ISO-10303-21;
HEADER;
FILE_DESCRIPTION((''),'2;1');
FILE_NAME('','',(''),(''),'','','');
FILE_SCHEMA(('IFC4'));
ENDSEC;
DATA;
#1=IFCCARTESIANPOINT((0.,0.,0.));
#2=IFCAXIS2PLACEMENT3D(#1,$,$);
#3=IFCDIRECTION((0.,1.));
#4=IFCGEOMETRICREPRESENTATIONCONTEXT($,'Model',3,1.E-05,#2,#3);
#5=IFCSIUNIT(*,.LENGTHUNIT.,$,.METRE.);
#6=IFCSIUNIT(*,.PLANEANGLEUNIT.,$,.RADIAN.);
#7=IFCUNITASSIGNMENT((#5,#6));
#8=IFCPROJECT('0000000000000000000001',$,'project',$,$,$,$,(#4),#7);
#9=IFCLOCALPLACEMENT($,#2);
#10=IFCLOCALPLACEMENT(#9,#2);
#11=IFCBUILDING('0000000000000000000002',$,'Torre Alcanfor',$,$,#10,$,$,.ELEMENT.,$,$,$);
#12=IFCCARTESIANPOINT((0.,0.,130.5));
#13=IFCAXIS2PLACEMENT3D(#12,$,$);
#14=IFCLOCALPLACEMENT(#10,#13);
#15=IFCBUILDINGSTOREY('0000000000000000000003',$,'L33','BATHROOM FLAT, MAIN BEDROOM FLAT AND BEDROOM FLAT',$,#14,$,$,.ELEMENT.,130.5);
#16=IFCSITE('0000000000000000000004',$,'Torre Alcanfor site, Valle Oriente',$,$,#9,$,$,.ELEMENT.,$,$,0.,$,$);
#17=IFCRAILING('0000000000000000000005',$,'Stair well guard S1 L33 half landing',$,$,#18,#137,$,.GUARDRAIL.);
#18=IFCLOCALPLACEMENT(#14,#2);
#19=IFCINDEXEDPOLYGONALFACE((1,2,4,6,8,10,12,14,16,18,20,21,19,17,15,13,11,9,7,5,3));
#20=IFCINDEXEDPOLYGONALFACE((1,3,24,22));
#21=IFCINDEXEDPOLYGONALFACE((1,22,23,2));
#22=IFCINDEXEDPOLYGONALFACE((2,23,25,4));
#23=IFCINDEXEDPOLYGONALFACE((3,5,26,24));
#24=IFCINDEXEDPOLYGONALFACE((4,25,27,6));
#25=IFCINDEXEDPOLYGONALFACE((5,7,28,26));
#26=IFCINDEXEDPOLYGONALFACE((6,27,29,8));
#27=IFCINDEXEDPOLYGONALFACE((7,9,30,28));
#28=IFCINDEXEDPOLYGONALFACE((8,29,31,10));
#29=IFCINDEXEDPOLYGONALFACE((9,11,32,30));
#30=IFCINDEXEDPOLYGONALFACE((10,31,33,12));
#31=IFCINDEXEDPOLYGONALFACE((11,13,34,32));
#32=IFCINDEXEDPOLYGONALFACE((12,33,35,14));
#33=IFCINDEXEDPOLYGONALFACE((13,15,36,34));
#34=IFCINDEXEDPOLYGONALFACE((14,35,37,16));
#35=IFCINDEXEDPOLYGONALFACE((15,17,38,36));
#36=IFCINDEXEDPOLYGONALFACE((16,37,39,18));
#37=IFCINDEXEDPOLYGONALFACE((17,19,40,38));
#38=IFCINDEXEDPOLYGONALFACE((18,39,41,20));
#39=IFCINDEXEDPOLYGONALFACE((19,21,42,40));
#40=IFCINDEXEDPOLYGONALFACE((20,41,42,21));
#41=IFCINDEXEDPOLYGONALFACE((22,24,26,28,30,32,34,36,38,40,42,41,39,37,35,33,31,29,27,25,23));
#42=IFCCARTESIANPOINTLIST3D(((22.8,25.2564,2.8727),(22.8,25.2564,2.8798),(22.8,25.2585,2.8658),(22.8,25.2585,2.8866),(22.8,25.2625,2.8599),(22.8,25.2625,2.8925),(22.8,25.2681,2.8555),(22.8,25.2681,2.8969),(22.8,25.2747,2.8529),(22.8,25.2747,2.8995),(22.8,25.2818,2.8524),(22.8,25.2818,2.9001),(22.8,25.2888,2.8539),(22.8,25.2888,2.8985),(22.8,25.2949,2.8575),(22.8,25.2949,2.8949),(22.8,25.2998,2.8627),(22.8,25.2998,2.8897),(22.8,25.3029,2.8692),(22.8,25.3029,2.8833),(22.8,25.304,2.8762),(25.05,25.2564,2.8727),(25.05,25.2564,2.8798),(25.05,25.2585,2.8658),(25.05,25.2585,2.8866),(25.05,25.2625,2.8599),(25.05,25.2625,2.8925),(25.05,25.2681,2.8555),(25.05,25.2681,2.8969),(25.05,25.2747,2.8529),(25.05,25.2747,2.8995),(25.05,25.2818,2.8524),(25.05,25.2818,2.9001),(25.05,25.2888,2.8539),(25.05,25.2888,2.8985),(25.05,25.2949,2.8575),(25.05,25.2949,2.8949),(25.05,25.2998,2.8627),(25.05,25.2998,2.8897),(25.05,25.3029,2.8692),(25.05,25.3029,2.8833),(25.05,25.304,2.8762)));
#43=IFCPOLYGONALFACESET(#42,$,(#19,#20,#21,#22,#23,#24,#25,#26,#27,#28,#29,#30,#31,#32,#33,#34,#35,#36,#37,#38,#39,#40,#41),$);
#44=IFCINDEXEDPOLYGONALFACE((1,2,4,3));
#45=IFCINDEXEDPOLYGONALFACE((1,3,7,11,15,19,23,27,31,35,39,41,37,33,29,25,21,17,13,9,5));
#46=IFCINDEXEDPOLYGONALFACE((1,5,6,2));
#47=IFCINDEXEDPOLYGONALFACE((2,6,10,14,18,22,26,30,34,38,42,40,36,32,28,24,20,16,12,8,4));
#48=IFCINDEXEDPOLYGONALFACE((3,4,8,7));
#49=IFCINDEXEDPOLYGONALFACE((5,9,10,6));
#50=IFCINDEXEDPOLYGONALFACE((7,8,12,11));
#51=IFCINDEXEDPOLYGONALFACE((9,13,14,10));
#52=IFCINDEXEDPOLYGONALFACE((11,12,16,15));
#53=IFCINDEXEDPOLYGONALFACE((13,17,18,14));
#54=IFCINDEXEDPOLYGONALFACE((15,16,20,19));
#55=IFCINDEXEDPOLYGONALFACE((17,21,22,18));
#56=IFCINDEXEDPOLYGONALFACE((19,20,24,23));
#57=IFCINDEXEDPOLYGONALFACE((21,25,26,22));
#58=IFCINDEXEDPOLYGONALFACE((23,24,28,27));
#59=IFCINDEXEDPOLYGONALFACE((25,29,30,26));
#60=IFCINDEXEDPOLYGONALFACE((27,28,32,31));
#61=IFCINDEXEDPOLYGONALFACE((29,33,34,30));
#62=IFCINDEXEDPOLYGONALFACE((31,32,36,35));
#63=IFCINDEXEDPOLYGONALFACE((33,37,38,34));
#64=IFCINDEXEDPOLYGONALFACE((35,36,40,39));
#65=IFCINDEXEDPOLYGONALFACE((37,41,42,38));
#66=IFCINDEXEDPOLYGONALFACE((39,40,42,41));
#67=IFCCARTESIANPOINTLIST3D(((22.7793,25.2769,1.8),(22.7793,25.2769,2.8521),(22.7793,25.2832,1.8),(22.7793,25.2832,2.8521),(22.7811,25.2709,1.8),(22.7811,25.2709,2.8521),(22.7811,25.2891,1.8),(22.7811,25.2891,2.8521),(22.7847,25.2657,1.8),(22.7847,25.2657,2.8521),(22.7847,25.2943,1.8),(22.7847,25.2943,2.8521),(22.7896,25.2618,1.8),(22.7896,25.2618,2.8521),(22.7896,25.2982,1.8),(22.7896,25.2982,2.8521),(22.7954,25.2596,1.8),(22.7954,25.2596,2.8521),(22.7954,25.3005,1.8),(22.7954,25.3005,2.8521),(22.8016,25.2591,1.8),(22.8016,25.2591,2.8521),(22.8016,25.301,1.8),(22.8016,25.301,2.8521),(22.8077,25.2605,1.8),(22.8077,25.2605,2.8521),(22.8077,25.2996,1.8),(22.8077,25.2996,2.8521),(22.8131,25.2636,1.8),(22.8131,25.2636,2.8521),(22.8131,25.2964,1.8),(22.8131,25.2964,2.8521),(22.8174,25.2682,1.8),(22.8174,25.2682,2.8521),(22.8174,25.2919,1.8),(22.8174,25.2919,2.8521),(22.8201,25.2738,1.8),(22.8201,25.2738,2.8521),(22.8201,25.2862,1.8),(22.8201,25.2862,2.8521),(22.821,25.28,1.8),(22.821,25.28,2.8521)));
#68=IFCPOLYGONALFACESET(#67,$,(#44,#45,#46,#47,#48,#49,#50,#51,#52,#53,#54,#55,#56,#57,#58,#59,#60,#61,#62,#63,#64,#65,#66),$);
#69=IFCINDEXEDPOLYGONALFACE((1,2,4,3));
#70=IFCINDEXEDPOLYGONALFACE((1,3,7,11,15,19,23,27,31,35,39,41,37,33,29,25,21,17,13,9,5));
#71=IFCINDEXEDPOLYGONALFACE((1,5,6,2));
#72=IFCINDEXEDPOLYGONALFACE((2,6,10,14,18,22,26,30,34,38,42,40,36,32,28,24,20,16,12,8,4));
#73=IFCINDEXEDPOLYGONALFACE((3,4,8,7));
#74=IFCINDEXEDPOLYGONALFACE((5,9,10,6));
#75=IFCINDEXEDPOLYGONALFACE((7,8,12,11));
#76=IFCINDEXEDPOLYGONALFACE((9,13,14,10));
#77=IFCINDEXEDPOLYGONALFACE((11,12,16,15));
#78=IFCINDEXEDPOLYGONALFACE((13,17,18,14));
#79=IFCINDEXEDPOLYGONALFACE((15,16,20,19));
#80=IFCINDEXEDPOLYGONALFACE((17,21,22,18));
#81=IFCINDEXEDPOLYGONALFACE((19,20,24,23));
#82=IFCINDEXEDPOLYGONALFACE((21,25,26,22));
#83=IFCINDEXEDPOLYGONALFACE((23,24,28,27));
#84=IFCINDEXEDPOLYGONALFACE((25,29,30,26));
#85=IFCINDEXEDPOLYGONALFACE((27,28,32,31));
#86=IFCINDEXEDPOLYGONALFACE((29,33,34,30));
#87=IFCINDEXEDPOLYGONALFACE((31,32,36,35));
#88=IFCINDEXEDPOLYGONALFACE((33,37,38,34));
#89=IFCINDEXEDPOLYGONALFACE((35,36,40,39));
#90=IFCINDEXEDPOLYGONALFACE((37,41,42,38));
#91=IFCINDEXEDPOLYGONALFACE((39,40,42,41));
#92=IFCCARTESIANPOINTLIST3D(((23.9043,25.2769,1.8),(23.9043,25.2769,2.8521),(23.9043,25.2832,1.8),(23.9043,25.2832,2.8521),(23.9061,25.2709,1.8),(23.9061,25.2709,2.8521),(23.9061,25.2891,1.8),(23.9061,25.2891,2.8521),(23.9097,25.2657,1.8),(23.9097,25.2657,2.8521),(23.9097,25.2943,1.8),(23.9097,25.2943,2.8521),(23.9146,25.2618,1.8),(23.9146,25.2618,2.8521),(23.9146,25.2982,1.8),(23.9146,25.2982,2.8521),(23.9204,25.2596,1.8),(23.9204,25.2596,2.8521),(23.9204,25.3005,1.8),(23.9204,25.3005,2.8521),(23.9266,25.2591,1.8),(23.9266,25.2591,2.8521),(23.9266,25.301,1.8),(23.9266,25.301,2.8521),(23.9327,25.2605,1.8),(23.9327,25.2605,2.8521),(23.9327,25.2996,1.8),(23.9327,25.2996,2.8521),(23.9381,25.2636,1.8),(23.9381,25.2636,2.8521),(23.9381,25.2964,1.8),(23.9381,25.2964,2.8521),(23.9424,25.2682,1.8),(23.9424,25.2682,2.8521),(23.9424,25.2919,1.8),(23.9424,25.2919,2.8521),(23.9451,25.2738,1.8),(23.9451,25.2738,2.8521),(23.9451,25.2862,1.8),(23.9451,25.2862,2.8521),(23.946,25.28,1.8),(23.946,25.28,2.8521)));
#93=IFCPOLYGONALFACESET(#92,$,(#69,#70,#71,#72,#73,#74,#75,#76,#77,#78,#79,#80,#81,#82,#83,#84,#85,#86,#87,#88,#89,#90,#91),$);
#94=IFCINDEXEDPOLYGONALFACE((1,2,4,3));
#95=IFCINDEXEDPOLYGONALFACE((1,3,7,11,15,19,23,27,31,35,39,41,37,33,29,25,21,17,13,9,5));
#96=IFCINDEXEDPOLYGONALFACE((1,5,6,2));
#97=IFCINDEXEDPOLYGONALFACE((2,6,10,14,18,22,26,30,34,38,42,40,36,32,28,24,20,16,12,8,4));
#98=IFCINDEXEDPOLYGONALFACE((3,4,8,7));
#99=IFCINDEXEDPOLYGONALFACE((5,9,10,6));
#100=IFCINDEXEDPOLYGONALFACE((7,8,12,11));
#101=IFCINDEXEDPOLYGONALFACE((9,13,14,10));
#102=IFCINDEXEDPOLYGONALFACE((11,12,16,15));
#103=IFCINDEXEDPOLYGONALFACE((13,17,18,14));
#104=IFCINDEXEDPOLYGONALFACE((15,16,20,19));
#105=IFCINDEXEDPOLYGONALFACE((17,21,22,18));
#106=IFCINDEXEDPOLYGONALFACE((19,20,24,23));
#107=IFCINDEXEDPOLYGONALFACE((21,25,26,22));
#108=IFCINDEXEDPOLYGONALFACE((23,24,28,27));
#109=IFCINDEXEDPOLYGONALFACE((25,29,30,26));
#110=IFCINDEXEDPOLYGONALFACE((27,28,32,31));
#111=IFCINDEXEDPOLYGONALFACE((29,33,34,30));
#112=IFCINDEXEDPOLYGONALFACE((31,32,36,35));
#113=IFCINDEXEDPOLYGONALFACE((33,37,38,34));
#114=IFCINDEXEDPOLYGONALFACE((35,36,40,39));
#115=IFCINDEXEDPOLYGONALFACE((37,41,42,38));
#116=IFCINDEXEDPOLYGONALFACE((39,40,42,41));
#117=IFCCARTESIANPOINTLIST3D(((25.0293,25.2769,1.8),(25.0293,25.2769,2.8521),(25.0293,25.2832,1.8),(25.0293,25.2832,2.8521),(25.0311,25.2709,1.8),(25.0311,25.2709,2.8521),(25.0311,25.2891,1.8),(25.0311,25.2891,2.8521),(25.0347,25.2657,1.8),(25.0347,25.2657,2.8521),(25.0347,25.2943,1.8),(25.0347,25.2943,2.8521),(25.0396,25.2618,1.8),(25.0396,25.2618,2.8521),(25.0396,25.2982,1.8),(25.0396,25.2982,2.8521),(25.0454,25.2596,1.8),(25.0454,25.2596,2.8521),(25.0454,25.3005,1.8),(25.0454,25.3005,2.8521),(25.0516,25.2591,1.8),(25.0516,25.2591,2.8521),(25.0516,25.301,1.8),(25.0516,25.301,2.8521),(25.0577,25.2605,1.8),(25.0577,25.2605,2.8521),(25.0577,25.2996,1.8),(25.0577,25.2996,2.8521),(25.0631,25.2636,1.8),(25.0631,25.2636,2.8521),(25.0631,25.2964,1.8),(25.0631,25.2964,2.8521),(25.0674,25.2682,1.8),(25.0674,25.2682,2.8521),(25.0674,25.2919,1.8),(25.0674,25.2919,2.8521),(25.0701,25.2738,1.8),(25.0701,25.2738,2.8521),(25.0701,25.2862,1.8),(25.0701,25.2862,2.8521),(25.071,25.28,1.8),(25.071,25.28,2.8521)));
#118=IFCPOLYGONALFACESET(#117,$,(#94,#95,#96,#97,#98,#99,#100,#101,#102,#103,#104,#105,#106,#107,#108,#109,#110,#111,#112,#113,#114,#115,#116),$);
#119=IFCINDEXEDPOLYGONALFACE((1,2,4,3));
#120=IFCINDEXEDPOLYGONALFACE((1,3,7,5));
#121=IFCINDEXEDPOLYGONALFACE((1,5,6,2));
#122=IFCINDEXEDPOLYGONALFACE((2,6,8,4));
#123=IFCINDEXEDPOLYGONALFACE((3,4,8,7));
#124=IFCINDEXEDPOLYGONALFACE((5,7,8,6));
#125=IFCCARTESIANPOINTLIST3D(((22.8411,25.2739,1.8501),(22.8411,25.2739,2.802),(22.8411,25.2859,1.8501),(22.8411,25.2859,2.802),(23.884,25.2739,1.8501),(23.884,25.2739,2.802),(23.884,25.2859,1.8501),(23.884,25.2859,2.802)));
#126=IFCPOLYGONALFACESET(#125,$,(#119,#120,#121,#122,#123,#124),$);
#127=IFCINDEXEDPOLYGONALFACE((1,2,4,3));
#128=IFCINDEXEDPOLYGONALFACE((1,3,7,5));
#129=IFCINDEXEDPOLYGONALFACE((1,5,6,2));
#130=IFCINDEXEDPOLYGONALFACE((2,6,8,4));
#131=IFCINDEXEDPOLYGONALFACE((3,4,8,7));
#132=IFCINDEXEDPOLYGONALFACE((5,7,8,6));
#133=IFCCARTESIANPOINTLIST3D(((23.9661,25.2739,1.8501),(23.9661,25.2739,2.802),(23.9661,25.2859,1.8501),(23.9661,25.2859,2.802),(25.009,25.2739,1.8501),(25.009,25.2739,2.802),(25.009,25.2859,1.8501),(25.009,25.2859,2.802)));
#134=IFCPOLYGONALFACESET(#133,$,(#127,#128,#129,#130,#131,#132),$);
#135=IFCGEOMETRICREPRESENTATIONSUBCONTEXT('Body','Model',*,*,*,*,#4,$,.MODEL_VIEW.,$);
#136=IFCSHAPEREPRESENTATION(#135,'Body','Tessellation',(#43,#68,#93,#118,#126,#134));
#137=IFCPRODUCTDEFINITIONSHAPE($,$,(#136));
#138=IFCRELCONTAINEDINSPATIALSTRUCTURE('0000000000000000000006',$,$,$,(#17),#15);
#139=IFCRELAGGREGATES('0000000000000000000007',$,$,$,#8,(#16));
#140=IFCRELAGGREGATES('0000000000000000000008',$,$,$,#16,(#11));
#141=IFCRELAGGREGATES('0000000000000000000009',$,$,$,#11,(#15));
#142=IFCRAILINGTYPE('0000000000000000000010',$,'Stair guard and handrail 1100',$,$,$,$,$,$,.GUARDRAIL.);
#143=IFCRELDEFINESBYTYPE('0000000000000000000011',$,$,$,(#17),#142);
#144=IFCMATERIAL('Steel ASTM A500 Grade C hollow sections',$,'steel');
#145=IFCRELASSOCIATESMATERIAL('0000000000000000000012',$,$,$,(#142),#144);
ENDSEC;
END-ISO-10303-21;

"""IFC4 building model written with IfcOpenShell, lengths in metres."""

from ifc_helpers import new_model, si_unit, direction, frame, origin, origin_2d, place, context, subcontext, project, spatial, polyline, circle, outline, extrude, material, type_object, element, save


model = new_model("IFC4")

# Units and contexts
model_context = context("Model", 3, precision=1e-05, world=origin(), true_north=direction((0.0, 1.0)))
body_context = subcontext(model_context, "Body", "Model", "MODEL_VIEW")
ifc_project = project(units=[si_unit("LENGTHUNIT", "METRE"), si_unit("PLANEANGLEUNIT", "RADIAN")], contexts=[model_context])

# Site, building, storey
site_placement = place(None, origin())
site = spatial("IfcSite", under=ifc_project, at=site_placement, Name="Torre Alcanfor site, Valle Oriente", CompositionType="ELEMENT", RefElevation=0.0)
building_placement = place(site_placement, origin())
building = spatial("IfcBuilding", under=site, at=building_placement, Name="Torre Alcanfor", CompositionType="ELEMENT")
storey_placement = place(building_placement, frame((0.0, 0.0, 130.5)))
storey = spatial("IfcBuildingStorey", under=building, at=storey_placement, Name="L33", Description="BATHROOM FLAT, MAIN BEDROOM FLAT AND BEDROOM FLAT", CompositionType="ELEMENT", Elevation=130.5)

# Railing
ifc_material_1 = material(Name="Steel ASTM A500 Grade C hollow sections", Category="steel")
railing_type_1 = type_object("IfcRailingType", Name="Stair guard and handrail 1100", PredefinedType="GUARDRAIL", material=ifc_material_1)
railing_1_placement = place(storey_placement, frame((22.8, 25.28, 1.8)))
element("IfcRailing", 1, at=railing_1_placement, inside=storey, type_object=railing_type_1, Name="Stair well guard S1 L33 half landing", PredefinedType="GUARDRAIL", context=body_context, shape_type="SweptSolid", body=[
    extrude(circle(Radius=0.0239, at=origin_2d()), frame((0.0, 0.0, 1.0762), z_axis=(1.0, 0.0, 0.0), x_axis=(0.0, 1.0, 0.0)), (0.0, 0.0, 1.0), 2.25),
    extrude(circle(Radius=0.021, at=origin_2d()), origin(), (0.0, 0.0, 1.0), 1.052),
    extrude(circle(Radius=0.021, at=origin_2d()), frame((1.125, 0.0, 0.0)), (0.0, 0.0, 1.0), 1.052),
    extrude(circle(Radius=0.021, at=origin_2d()), frame((2.25, 0.0, 0.0)), (0.0, 0.0, 1.0), 1.052),
    extrude(outline(polyline([(0.041, 0.05), (1.084, 0.05), (1.084, 1.002), (0.041, 1.002), (0.041, 0.05)])), frame((0.0, 0.0059, 0.0), z_axis=(0.0, -1.0, 0.0), x_axis=(1.0, 0.0, 0.0)), (0.0, 0.0, 1.0), 0.012),
    extrude(outline(polyline([(1.166, 0.05), (2.209, 0.05), (2.209, 1.002), (1.166, 1.002), (1.166, 0.05)])), frame((0.0, 0.0059, 0.0), z_axis=(0.0, -1.0, 0.0), x_axis=(1.0, 0.0, 0.0)), (0.0, 0.0, 1.0), 0.012),
])

save(model, "model.ifc")
